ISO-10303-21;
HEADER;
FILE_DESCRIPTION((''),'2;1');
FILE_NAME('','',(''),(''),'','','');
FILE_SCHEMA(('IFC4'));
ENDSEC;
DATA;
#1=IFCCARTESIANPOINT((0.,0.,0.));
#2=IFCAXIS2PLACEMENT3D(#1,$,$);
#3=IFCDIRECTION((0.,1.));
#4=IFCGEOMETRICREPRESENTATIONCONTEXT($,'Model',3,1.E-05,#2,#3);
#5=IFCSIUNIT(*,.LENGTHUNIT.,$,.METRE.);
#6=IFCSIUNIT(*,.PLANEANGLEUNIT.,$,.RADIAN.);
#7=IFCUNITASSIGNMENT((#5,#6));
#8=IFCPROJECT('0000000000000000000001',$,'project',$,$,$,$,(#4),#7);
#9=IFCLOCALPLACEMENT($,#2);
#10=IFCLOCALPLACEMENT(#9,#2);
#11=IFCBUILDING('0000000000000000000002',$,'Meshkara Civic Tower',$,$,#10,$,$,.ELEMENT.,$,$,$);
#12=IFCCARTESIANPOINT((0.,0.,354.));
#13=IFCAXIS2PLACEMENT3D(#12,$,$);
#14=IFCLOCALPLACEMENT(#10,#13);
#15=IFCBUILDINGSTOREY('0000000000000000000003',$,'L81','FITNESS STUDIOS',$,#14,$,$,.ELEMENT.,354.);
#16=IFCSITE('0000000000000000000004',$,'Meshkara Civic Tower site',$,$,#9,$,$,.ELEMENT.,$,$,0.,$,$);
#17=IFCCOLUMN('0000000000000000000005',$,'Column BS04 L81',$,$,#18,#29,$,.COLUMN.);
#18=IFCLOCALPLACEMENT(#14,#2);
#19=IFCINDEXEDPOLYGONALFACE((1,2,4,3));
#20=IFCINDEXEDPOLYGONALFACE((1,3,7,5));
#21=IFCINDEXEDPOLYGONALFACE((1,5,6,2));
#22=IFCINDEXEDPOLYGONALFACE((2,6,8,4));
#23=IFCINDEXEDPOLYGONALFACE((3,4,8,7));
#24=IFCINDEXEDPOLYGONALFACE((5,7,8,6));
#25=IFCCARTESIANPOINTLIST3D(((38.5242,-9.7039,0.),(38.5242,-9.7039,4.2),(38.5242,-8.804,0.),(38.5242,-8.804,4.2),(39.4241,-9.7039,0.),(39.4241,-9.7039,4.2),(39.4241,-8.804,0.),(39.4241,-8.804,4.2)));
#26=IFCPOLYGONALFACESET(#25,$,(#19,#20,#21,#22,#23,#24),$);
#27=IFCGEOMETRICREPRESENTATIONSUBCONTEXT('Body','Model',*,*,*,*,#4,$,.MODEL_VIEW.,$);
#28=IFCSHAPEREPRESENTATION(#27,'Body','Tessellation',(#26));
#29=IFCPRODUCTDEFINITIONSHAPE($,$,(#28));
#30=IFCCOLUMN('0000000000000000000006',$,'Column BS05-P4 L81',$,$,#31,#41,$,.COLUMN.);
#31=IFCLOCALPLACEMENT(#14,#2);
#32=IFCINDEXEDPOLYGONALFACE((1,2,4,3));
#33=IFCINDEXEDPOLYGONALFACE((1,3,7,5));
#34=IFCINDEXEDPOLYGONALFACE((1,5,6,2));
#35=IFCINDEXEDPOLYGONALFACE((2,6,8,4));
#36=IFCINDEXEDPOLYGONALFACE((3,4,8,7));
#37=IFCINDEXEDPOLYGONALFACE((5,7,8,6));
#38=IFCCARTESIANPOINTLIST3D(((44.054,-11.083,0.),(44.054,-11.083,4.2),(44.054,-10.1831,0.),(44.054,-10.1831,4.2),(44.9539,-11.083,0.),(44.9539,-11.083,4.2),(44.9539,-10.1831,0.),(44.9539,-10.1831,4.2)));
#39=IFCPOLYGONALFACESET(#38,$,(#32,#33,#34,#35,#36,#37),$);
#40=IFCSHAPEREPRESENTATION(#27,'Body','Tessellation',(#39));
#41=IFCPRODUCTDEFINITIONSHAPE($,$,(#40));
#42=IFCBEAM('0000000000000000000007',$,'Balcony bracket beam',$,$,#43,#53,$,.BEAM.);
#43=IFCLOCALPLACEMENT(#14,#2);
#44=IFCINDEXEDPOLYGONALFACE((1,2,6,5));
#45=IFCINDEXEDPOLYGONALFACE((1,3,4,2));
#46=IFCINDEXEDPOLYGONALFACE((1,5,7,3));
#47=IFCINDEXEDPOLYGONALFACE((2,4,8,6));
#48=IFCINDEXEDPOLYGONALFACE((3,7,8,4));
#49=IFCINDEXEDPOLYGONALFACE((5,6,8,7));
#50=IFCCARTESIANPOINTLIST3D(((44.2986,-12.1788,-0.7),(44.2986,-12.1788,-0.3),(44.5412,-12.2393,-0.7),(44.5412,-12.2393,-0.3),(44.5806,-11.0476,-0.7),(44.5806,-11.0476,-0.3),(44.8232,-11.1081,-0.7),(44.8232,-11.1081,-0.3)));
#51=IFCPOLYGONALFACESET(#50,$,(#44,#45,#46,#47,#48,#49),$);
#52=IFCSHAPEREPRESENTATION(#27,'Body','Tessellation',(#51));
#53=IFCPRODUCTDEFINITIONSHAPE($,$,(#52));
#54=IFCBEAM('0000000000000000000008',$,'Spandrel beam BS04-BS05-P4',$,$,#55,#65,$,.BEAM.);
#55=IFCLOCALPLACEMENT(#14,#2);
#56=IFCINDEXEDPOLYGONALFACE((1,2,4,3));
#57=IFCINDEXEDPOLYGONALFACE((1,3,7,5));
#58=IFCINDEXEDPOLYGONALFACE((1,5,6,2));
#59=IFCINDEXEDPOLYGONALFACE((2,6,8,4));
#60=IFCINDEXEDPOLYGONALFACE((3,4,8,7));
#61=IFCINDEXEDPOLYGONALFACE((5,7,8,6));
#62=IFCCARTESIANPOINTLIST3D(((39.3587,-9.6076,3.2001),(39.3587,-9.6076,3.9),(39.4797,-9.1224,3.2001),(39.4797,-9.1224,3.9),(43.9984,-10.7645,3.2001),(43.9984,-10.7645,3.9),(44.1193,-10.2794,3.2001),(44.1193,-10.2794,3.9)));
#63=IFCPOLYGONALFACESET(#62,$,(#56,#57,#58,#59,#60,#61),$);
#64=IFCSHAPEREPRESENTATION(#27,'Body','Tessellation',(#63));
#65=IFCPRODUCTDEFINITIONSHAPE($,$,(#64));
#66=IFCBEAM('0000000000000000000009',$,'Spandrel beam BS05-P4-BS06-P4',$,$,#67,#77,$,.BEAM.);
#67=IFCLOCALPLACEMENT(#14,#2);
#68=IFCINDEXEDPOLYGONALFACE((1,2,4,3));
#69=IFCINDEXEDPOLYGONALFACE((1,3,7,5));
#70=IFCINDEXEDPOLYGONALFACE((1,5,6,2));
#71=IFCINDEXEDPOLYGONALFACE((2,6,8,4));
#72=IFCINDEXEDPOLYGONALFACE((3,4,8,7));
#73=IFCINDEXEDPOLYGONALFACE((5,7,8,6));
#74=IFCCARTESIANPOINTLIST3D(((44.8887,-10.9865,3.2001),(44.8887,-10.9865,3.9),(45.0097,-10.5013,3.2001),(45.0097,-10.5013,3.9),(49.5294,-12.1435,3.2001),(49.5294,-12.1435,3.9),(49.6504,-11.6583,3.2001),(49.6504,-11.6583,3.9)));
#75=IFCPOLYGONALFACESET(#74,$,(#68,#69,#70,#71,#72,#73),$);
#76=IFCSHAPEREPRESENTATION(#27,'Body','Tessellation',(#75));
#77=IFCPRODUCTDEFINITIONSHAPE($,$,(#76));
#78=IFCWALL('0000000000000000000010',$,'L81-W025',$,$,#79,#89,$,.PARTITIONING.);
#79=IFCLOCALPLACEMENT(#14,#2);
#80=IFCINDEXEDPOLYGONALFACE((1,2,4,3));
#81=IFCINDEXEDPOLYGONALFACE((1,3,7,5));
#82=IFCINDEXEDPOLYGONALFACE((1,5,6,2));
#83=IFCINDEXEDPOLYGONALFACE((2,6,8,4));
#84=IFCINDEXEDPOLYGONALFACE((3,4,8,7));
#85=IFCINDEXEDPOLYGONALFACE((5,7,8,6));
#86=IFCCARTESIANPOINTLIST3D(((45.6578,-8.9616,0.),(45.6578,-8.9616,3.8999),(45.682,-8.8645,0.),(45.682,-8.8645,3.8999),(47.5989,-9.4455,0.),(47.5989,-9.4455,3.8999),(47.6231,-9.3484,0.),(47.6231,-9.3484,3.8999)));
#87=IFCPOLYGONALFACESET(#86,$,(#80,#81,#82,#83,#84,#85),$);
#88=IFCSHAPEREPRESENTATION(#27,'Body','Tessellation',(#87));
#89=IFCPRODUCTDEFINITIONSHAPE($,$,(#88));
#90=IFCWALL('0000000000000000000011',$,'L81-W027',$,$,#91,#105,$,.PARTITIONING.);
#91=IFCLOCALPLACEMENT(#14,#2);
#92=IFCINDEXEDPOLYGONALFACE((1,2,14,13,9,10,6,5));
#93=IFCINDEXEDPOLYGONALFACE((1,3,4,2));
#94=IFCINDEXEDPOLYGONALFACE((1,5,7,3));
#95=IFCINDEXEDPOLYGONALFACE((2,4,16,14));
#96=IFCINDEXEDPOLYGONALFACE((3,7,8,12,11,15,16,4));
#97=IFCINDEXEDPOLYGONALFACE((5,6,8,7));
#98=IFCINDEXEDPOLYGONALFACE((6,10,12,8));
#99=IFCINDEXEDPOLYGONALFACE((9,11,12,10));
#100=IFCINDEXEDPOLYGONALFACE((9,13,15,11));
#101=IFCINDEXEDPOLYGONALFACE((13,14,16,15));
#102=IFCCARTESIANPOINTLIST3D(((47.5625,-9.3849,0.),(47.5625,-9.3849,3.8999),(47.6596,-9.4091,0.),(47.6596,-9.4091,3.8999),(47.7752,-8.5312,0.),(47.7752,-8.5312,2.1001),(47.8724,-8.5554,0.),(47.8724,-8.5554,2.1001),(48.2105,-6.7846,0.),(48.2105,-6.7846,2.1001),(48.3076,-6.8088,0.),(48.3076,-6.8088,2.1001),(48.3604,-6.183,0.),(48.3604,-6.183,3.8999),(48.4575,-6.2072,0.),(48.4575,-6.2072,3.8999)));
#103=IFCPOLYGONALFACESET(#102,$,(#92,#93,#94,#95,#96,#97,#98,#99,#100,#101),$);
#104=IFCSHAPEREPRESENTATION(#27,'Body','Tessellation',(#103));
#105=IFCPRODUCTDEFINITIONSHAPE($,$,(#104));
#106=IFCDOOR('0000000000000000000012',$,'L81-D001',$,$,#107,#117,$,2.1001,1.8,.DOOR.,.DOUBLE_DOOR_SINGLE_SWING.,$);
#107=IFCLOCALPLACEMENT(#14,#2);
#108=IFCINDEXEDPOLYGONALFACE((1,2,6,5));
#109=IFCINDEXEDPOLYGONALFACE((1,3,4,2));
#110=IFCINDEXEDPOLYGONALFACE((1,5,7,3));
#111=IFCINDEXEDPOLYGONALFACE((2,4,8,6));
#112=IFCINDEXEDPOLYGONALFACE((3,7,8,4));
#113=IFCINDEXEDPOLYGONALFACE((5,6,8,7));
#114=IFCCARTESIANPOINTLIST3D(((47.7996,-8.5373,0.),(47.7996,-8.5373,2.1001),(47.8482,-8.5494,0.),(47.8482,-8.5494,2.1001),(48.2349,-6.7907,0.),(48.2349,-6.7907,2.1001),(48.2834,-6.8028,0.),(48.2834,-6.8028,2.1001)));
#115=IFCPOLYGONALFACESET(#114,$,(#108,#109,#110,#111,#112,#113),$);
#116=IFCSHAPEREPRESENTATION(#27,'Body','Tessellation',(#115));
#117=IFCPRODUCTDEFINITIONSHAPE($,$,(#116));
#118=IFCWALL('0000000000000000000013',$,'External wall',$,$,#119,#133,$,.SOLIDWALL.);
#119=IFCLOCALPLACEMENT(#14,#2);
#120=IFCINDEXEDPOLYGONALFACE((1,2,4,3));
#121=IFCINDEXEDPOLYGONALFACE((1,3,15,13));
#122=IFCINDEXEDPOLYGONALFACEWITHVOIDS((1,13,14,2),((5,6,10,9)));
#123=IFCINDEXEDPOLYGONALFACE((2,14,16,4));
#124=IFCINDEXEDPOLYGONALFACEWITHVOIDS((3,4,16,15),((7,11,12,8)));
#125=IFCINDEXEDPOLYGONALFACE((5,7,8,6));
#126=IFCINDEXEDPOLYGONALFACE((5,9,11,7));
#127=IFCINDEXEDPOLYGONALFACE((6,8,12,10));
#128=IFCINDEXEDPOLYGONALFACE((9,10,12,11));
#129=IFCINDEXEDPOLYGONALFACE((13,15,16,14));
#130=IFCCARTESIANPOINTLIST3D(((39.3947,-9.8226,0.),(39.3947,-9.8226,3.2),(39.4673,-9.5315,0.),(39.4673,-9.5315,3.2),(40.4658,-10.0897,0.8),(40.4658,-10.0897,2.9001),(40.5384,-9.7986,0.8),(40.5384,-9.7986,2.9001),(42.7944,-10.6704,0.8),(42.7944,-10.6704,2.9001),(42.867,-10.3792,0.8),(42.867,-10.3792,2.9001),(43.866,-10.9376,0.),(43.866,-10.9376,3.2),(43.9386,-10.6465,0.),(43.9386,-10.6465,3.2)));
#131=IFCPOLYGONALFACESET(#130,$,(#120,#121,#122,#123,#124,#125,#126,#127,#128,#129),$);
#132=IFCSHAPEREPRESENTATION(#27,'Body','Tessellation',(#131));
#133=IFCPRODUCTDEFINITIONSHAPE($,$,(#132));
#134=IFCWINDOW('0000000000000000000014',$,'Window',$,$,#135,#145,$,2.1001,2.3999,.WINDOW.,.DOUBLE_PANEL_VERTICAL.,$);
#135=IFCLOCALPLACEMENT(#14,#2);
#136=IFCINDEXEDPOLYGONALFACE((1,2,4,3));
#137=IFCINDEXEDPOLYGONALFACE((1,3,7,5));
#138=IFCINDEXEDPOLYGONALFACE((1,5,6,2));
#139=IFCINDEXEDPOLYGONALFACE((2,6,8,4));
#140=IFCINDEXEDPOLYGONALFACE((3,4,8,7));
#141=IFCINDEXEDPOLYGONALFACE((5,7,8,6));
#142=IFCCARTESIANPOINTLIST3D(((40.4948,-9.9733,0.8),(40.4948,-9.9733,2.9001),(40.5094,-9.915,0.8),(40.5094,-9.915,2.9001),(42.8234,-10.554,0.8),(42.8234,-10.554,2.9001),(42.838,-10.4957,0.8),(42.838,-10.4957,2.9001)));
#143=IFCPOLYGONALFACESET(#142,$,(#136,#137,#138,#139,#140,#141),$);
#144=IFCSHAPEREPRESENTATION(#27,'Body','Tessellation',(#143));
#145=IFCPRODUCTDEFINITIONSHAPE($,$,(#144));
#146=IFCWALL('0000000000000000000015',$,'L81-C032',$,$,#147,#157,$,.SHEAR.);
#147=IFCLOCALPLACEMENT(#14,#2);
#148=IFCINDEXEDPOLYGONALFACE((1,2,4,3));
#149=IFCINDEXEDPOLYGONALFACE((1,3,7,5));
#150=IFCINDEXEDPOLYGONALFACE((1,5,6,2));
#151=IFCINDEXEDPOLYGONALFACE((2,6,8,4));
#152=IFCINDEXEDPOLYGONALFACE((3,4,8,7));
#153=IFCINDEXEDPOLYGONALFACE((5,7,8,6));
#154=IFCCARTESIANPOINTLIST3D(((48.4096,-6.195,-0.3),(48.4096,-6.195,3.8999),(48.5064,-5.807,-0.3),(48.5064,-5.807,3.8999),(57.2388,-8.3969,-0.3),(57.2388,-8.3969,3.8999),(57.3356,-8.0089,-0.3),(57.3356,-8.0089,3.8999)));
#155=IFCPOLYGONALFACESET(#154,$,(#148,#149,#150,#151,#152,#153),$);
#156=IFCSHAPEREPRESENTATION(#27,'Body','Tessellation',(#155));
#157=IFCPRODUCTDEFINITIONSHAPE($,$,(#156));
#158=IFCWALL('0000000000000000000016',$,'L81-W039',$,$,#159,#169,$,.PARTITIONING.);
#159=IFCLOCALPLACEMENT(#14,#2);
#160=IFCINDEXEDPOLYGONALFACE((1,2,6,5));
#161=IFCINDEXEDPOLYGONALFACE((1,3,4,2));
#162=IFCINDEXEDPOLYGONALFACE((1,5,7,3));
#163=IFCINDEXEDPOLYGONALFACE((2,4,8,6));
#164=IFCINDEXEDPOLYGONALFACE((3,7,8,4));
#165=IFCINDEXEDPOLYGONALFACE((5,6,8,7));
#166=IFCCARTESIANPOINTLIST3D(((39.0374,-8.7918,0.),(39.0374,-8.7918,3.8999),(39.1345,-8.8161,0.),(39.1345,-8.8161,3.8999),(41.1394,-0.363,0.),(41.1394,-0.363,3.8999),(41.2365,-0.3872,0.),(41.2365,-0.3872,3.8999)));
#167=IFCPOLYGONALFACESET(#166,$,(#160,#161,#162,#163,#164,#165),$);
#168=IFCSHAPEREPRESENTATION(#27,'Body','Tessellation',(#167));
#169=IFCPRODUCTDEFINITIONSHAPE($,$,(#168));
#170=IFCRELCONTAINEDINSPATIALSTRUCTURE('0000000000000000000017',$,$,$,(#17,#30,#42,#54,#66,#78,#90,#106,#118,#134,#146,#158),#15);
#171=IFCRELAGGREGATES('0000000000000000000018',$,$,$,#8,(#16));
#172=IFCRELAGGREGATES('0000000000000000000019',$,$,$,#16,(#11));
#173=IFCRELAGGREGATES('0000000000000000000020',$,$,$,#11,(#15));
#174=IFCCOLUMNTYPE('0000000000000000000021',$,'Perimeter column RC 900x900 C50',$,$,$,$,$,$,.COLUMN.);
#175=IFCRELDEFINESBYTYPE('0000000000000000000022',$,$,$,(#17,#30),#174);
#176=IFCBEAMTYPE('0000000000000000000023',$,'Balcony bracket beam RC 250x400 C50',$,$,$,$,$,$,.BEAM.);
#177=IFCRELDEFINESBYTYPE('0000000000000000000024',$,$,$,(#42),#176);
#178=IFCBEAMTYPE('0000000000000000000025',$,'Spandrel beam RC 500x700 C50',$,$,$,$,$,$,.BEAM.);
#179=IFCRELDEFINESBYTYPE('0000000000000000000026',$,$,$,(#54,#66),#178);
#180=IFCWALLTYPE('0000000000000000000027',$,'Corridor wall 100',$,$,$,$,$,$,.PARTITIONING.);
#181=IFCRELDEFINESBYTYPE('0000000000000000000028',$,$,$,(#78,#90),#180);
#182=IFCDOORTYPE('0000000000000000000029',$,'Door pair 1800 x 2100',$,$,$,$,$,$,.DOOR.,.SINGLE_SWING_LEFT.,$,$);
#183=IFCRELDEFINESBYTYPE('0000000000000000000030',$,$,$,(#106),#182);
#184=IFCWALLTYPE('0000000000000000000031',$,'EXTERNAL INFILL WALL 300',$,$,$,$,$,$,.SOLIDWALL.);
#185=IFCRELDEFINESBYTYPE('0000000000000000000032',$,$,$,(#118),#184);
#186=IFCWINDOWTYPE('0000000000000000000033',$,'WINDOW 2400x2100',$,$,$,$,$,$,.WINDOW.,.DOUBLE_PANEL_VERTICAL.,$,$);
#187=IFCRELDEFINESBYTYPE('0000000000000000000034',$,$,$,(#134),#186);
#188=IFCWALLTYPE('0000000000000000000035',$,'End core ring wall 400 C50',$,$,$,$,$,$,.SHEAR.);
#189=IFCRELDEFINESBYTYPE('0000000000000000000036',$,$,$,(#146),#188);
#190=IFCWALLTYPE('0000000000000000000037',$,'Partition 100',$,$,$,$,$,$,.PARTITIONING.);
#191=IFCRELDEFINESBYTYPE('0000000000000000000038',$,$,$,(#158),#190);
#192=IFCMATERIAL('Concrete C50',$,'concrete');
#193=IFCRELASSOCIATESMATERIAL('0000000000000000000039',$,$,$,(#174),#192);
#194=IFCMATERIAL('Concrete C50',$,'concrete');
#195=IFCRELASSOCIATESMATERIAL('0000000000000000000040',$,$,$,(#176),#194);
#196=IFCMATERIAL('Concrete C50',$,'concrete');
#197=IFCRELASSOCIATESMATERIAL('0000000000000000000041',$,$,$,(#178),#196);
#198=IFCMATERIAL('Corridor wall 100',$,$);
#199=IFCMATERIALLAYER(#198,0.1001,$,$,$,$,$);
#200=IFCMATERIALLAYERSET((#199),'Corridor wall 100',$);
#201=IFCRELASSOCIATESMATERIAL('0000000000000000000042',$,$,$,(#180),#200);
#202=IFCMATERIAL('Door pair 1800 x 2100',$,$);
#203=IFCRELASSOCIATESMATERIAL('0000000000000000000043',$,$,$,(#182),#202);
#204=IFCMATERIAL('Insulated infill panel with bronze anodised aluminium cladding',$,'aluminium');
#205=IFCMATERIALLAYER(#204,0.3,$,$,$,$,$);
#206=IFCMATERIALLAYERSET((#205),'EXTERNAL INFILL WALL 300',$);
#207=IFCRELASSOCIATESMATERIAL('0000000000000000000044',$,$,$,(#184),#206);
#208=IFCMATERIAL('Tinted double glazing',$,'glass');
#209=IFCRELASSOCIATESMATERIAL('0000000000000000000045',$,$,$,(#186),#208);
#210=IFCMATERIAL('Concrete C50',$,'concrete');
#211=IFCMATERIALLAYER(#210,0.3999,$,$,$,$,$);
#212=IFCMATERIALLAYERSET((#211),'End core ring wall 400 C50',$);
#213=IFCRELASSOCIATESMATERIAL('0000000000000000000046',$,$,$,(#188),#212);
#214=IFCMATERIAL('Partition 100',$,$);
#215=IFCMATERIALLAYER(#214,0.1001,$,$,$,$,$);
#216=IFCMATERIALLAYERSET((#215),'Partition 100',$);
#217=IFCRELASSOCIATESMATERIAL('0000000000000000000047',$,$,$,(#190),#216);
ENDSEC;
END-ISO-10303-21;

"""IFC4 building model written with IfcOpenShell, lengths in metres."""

from ifc_helpers import new_model, si_unit, direction, frame, frame_2d, origin, origin_2d, place, context, subcontext, project, spatial, rectangle, extrude, material, layer, layer_set, material_profile, profile_set, type_object, element, fill, save


model = new_model("IFC4")

# Units and contexts
model_context = context("Model", 3, precision=1e-05, world=origin(), true_north=direction((0.0, 1.0)))
body_context = subcontext(model_context, "Body", "Model", "MODEL_VIEW")
ifc_project = project(units=[si_unit("LENGTHUNIT", "METRE"), si_unit("PLANEANGLEUNIT", "RADIAN")], contexts=[model_context])

# Site, building, storey
site_placement = place(None, origin())
site = spatial("IfcSite", under=ifc_project, at=site_placement, Name="Meshkara Civic Tower site", CompositionType="ELEMENT", RefElevation=0.0)
building_placement = place(site_placement, origin())
building = spatial("IfcBuilding", under=site, at=building_placement, Name="Meshkara Civic Tower", CompositionType="ELEMENT")
storey_placement = place(building_placement, frame((0.0, 0.0, 354.0)))
storey = spatial("IfcBuildingStorey", under=building, at=storey_placement, Name="L81", Description="FITNESS STUDIOS", CompositionType="ELEMENT", Elevation=354.0)

# Columns
ifc_material_1 = material(Name="Concrete C50", Category="concrete")
ifc_material_profile_1 = material_profile(ifc_material_1, rectangle(XDim=0.8999, YDim=0.8999, at=origin_2d()))
ifc_profile_set_1 = profile_set([ifc_material_profile_1], Name="Concrete C50")
column_type = type_object("IfcColumnType", Name="Perimeter column RC 900x900 C50", PredefinedType="COLUMN", material=ifc_profile_set_1)
for number, where, z_axis, x_axis, name in (
    (1, (38.9741, -9.2539, 0.0), (0.0, 0.0, 1.0), (1.0, 0.0, 0.0), "Column BS04 L81"),
    (2, (44.5039, -10.6331, 0.0), (0.0, 0.0, 1.0), (1.0, 0.0, 0.0), "Column BS05-P4 L81"),
):
    element("IfcColumn", number, at=place(storey_placement, frame(where, z_axis=z_axis, x_axis=x_axis)), inside=storey, type_object=column_type, Name=name, PredefinedType="COLUMN", context=body_context, shape_type="SweptSolid", body=[
        extrude(rectangle(XDim=0.8999, YDim=0.8999, at=origin_2d()), origin(), (0.0, 0.0, 1.0), 4.2),
    ])

# Beams
ifc_material_2 = material(Name="Concrete C50", Category="concrete")
ifc_material_profile_2 = material_profile(ifc_material_2, rectangle(XDim=0.25, YDim=0.3999, at=origin_2d()))
ifc_profile_set_2 = profile_set([ifc_material_profile_2], Name="Concrete C50")
beam_type_1 = type_object("IfcBeamType", Name="Balcony bracket beam RC 250x400 C50", PredefinedType="BEAM", material=ifc_profile_set_2)
beam_1_placement = place(storey_placement, frame((44.7019, -11.0779, -0.5), z_axis=(-0.241895, -0.970302, 0.0), x_axis=(0.970302, -0.241895, 0.0)))
element("IfcBeam", 3, at=beam_1_placement, inside=storey, type_object=beam_type_1, Name="Balcony bracket beam", PredefinedType="BEAM", context=body_context, shape_type="SweptSolid", body=[
    extrude(rectangle(XDim=0.25, YDim=0.3999, at=origin_2d()), origin(), (0.0, 0.0, 1.0), 1.1658),
])
ifc_material_3 = material(Name="Concrete C50", Category="concrete")
ifc_material_profile_3 = material_profile(ifc_material_3, rectangle(XDim=0.5, YDim=0.7, at=origin_2d()))
ifc_profile_set_3 = profile_set([ifc_material_profile_3], Name="Concrete C50")
beam_type_2 = type_object("IfcBeamType", Name="Spandrel beam RC 500x700 C50", PredefinedType="BEAM", material=ifc_profile_set_3)
beam_2_placement = place(storey_placement, frame((39.4192, -9.365, 3.55), z_axis=(0.970286, -0.241959, 0.0), x_axis=(0.241959, 0.970286, 0.0)))
element("IfcBeam", 4, at=beam_2_placement, inside=storey, type_object=beam_type_2, Name="Spandrel beam BS04-BS05-P4", PredefinedType="BEAM", context=body_context, shape_type="SweptSolid", body=[
    extrude(rectangle(XDim=0.5, YDim=0.7, at=origin_2d()), origin(), (0.0, 0.0, 1.0), 4.7817),
])
beam_3_placement = place(storey_placement, frame((44.9492, -10.7439, 3.55), z_axis=(0.970298, -0.241911, 0.0), x_axis=(0.241911, 0.970298, 0.0)))
element("IfcBeam", 5, at=beam_3_placement, inside=storey, type_object=beam_type_2, Name="Spandrel beam BS05-P4-BS06-P4", PredefinedType="BEAM", context=body_context, shape_type="SweptSolid", body=[
    extrude(rectangle(XDim=0.5, YDim=0.7, at=origin_2d()), origin(), (0.0, 0.0, 1.0), 4.7827),
])

# Wall
ifc_material_4 = material(Name="Corridor wall 100")
ifc_layer_1 = layer(ifc_material_4, 0.1001)
ifc_layer_set_1 = layer_set([ifc_layer_1], Name="Corridor wall 100")
wall_type_1 = type_object("IfcWallType", Name="Corridor wall 100", PredefinedType="PARTITIONING", material=ifc_layer_set_1)
wall_1_placement = place(storey_placement, frame((45.6699, -8.9131, 0.0), z_axis=(0.0, 0.0, 1.0), x_axis=(0.970307, -0.241875, 0.0)))
element("IfcWall", 6, at=wall_1_placement, inside=storey, type_object=wall_type_1, Name="L81-W025", PredefinedType="PARTITIONING", context=body_context, shape_type="SweptSolid", body=[
    extrude(rectangle(XDim=2.0005, YDim=0.1001, at=frame_2d((1.0002, 0.0))), origin(), (0.0, 0.0, 1.0), 3.8999),
])

# Wall, opening, door
wall_2_placement = place(storey_placement, frame((47.6111, -9.397, 0.0), z_axis=(0.0, 0.0, 1.0), x_axis=(0.241787, 0.970329, 0.0)))
wall_2 = element("IfcWall", 7, at=wall_2_placement, inside=storey, type_object=wall_type_1, Name="L81-W027", PredefinedType="PARTITIONING", context=body_context, shape_type="SweptSolid", body=[
    extrude(rectangle(XDim=3.2998, YDim=0.1001, at=frame_2d((1.6499, 0.0))), origin(), (0.0, 0.0, 1.0), 3.8999),
])
opening_1_placement = place(wall_2_placement, frame((0.8799, 0.0, 0.0)))
opening_1 = element("IfcOpeningElement", 8, at=opening_1_placement, cuts=wall_2, PredefinedType="OPENING", context=body_context, shape_type="SweptSolid", body=[
    extrude(rectangle(XDim=1.8, YDim=2.1001, at=frame_2d((0.8999, 1.05))), frame((0.0, 0.0601, 0.0), z_axis=(0.0, -1.0, 0.0), x_axis=(1.0, 0.0, 0.0)), (0.0, 0.0, 1.0), 0.1201),
])
ifc_material_5 = material(Name="Door pair 1800 x 2100")
door_type_1 = type_object("IfcDoorType", Name="Door pair 1800 x 2100", OperationType="SINGLE_SWING_LEFT", PredefinedType="DOOR", material=ifc_material_5)
door_1_placement = place(opening_1_placement, origin())
door_1 = element("IfcDoor", 9, at=door_1_placement, inside=storey, type_object=door_type_1, Name="L81-D001", OperationType="DOUBLE_DOOR_SINGLE_SWING", OverallHeight=2.1001, OverallWidth=1.8, PredefinedType="DOOR", context=body_context, shape_type="SweptSolid", body=[
    extrude(rectangle(XDim=1.8, YDim=2.1001, at=frame_2d((0.8999, 1.05))), frame((0.0, 0.0249, 0.0), z_axis=(0.0, -1.0, 0.0), x_axis=(1.0, 0.0, 0.0)), (0.0, 0.0, 1.0), 0.05),
])
fill(opening_1, door_1)

# Wall, opening, window
ifc_material_6 = material(Name="Insulated infill panel with bronze anodised aluminium cladding", Category="aluminium")
ifc_layer_2 = layer(ifc_material_6, 0.3)
ifc_layer_set_2 = layer_set([ifc_layer_2], Name="EXTERNAL INFILL WALL 300")
wall_type_2 = type_object("IfcWallType", Name="EXTERNAL INFILL WALL 300", PredefinedType="SOLIDWALL", material=ifc_layer_set_2)
wall_3_placement = place(storey_placement, frame((39.4309, -9.677, 0.0), z_axis=(0.0, 0.0, 1.0), x_axis=(0.970286, -0.241962, 0.0)))
wall_3 = element("IfcWall", 10, at=wall_3_placement, inside=storey, type_object=wall_type_2, Name="External wall", PredefinedType="SOLIDWALL", context=body_context, shape_type="SweptSolid", body=[
    extrude(rectangle(XDim=4.6082, YDim=0.3, at=frame_2d((2.3042, 0.0))), origin(), (0.0, 0.0, 1.0), 3.2),
])
opening_2_placement = place(wall_3_placement, frame((1.104, 0.0, 0.8)))
opening_2 = element("IfcOpeningElement", 11, at=opening_2_placement, cuts=wall_3, PredefinedType="OPENING", context=body_context, shape_type="SweptSolid", body=[
    extrude(rectangle(XDim=2.3999, YDim=2.1001, at=frame_2d((1.2, 1.05))), frame((0.0, 0.1599, 0.0), z_axis=(0.0, -1.0, 0.0), x_axis=(1.0, 0.0, 0.0)), (0.0, 0.0, 1.0), 0.3201),
])
ifc_material_7 = material(Name="Tinted double glazing", Category="glass")
window_type = type_object("IfcWindowType", Name="WINDOW 2400x2100", PartitioningType="DOUBLE_PANEL_VERTICAL", PredefinedType="WINDOW", material=ifc_material_7)
window_placement = place(opening_2_placement, origin())
window = element("IfcWindow", 12, at=window_placement, inside=storey, type_object=window_type, Name="Window", OverallHeight=2.1001, OverallWidth=2.3999, PartitioningType="DOUBLE_PANEL_VERTICAL", PredefinedType="WINDOW", context=body_context, shape_type="SweptSolid", body=[
    extrude(rectangle(XDim=2.3999, YDim=2.1001, at=frame_2d((1.2, 1.05))), frame((0.0, 0.03, 0.0), z_axis=(0.0, -1.0, 0.0), x_axis=(1.0, 0.0, 0.0)), (0.0, 0.0, 1.0), 0.0601),
])
fill(opening_2, window)

# Wall
ifc_material_8 = material(Name="Concrete C50", Category="concrete")
ifc_layer_3 = layer(ifc_material_8, 0.3999)
ifc_layer_set_3 = layer_set([ifc_layer_3], Name="End core ring wall 400 C50")
wall_type_3 = type_object("IfcWallType", Name="End core ring wall 400 C50", PredefinedType="SHEAR", material=ifc_layer_set_3)
wall_4_placement = place(storey_placement, frame((48.458, -6.001, -0.3), z_axis=(0.0, 0.0, 1.0), x_axis=(0.970281, -0.24198, 0.0)))
element("IfcWall", 13, at=wall_4_placement, inside=storey, type_object=wall_type_3, Name="L81-C032", PredefinedType="SHEAR", context=body_context, shape_type="SweptSolid", body=[
    extrude(rectangle(XDim=9.0996, YDim=0.3999, at=frame_2d((4.5498, 0.0))), origin(), (0.0, 0.0, 1.0), 4.2),
])

# Wall
ifc_material_9 = material(Name="Partition 100")
ifc_layer_4 = layer(ifc_material_9, 0.1001)
ifc_layer_set_4 = layer_set([ifc_layer_4], Name="Partition 100")
wall_type_4 = type_object("IfcWallType", Name="Partition 100", PredefinedType="PARTITIONING", material=ifc_layer_set_4)
wall_5_placement = place(storey_placement, frame((39.0859, -8.804, 0.0), z_axis=(0.0, 0.0, 1.0), x_axis=(0.241974, 0.970283, 0.0)))
element("IfcWall", 14, at=wall_5_placement, inside=storey, type_object=wall_type_4, Name="L81-W039", PredefinedType="PARTITIONING", context=body_context, shape_type="SweptSolid", body=[
    extrude(rectangle(XDim=8.687, YDim=0.1001, at=frame_2d((4.3435, 0.0))), origin(), (0.0, 0.0, 1.0), 3.8999),
])

save(model, "model.ifc")
